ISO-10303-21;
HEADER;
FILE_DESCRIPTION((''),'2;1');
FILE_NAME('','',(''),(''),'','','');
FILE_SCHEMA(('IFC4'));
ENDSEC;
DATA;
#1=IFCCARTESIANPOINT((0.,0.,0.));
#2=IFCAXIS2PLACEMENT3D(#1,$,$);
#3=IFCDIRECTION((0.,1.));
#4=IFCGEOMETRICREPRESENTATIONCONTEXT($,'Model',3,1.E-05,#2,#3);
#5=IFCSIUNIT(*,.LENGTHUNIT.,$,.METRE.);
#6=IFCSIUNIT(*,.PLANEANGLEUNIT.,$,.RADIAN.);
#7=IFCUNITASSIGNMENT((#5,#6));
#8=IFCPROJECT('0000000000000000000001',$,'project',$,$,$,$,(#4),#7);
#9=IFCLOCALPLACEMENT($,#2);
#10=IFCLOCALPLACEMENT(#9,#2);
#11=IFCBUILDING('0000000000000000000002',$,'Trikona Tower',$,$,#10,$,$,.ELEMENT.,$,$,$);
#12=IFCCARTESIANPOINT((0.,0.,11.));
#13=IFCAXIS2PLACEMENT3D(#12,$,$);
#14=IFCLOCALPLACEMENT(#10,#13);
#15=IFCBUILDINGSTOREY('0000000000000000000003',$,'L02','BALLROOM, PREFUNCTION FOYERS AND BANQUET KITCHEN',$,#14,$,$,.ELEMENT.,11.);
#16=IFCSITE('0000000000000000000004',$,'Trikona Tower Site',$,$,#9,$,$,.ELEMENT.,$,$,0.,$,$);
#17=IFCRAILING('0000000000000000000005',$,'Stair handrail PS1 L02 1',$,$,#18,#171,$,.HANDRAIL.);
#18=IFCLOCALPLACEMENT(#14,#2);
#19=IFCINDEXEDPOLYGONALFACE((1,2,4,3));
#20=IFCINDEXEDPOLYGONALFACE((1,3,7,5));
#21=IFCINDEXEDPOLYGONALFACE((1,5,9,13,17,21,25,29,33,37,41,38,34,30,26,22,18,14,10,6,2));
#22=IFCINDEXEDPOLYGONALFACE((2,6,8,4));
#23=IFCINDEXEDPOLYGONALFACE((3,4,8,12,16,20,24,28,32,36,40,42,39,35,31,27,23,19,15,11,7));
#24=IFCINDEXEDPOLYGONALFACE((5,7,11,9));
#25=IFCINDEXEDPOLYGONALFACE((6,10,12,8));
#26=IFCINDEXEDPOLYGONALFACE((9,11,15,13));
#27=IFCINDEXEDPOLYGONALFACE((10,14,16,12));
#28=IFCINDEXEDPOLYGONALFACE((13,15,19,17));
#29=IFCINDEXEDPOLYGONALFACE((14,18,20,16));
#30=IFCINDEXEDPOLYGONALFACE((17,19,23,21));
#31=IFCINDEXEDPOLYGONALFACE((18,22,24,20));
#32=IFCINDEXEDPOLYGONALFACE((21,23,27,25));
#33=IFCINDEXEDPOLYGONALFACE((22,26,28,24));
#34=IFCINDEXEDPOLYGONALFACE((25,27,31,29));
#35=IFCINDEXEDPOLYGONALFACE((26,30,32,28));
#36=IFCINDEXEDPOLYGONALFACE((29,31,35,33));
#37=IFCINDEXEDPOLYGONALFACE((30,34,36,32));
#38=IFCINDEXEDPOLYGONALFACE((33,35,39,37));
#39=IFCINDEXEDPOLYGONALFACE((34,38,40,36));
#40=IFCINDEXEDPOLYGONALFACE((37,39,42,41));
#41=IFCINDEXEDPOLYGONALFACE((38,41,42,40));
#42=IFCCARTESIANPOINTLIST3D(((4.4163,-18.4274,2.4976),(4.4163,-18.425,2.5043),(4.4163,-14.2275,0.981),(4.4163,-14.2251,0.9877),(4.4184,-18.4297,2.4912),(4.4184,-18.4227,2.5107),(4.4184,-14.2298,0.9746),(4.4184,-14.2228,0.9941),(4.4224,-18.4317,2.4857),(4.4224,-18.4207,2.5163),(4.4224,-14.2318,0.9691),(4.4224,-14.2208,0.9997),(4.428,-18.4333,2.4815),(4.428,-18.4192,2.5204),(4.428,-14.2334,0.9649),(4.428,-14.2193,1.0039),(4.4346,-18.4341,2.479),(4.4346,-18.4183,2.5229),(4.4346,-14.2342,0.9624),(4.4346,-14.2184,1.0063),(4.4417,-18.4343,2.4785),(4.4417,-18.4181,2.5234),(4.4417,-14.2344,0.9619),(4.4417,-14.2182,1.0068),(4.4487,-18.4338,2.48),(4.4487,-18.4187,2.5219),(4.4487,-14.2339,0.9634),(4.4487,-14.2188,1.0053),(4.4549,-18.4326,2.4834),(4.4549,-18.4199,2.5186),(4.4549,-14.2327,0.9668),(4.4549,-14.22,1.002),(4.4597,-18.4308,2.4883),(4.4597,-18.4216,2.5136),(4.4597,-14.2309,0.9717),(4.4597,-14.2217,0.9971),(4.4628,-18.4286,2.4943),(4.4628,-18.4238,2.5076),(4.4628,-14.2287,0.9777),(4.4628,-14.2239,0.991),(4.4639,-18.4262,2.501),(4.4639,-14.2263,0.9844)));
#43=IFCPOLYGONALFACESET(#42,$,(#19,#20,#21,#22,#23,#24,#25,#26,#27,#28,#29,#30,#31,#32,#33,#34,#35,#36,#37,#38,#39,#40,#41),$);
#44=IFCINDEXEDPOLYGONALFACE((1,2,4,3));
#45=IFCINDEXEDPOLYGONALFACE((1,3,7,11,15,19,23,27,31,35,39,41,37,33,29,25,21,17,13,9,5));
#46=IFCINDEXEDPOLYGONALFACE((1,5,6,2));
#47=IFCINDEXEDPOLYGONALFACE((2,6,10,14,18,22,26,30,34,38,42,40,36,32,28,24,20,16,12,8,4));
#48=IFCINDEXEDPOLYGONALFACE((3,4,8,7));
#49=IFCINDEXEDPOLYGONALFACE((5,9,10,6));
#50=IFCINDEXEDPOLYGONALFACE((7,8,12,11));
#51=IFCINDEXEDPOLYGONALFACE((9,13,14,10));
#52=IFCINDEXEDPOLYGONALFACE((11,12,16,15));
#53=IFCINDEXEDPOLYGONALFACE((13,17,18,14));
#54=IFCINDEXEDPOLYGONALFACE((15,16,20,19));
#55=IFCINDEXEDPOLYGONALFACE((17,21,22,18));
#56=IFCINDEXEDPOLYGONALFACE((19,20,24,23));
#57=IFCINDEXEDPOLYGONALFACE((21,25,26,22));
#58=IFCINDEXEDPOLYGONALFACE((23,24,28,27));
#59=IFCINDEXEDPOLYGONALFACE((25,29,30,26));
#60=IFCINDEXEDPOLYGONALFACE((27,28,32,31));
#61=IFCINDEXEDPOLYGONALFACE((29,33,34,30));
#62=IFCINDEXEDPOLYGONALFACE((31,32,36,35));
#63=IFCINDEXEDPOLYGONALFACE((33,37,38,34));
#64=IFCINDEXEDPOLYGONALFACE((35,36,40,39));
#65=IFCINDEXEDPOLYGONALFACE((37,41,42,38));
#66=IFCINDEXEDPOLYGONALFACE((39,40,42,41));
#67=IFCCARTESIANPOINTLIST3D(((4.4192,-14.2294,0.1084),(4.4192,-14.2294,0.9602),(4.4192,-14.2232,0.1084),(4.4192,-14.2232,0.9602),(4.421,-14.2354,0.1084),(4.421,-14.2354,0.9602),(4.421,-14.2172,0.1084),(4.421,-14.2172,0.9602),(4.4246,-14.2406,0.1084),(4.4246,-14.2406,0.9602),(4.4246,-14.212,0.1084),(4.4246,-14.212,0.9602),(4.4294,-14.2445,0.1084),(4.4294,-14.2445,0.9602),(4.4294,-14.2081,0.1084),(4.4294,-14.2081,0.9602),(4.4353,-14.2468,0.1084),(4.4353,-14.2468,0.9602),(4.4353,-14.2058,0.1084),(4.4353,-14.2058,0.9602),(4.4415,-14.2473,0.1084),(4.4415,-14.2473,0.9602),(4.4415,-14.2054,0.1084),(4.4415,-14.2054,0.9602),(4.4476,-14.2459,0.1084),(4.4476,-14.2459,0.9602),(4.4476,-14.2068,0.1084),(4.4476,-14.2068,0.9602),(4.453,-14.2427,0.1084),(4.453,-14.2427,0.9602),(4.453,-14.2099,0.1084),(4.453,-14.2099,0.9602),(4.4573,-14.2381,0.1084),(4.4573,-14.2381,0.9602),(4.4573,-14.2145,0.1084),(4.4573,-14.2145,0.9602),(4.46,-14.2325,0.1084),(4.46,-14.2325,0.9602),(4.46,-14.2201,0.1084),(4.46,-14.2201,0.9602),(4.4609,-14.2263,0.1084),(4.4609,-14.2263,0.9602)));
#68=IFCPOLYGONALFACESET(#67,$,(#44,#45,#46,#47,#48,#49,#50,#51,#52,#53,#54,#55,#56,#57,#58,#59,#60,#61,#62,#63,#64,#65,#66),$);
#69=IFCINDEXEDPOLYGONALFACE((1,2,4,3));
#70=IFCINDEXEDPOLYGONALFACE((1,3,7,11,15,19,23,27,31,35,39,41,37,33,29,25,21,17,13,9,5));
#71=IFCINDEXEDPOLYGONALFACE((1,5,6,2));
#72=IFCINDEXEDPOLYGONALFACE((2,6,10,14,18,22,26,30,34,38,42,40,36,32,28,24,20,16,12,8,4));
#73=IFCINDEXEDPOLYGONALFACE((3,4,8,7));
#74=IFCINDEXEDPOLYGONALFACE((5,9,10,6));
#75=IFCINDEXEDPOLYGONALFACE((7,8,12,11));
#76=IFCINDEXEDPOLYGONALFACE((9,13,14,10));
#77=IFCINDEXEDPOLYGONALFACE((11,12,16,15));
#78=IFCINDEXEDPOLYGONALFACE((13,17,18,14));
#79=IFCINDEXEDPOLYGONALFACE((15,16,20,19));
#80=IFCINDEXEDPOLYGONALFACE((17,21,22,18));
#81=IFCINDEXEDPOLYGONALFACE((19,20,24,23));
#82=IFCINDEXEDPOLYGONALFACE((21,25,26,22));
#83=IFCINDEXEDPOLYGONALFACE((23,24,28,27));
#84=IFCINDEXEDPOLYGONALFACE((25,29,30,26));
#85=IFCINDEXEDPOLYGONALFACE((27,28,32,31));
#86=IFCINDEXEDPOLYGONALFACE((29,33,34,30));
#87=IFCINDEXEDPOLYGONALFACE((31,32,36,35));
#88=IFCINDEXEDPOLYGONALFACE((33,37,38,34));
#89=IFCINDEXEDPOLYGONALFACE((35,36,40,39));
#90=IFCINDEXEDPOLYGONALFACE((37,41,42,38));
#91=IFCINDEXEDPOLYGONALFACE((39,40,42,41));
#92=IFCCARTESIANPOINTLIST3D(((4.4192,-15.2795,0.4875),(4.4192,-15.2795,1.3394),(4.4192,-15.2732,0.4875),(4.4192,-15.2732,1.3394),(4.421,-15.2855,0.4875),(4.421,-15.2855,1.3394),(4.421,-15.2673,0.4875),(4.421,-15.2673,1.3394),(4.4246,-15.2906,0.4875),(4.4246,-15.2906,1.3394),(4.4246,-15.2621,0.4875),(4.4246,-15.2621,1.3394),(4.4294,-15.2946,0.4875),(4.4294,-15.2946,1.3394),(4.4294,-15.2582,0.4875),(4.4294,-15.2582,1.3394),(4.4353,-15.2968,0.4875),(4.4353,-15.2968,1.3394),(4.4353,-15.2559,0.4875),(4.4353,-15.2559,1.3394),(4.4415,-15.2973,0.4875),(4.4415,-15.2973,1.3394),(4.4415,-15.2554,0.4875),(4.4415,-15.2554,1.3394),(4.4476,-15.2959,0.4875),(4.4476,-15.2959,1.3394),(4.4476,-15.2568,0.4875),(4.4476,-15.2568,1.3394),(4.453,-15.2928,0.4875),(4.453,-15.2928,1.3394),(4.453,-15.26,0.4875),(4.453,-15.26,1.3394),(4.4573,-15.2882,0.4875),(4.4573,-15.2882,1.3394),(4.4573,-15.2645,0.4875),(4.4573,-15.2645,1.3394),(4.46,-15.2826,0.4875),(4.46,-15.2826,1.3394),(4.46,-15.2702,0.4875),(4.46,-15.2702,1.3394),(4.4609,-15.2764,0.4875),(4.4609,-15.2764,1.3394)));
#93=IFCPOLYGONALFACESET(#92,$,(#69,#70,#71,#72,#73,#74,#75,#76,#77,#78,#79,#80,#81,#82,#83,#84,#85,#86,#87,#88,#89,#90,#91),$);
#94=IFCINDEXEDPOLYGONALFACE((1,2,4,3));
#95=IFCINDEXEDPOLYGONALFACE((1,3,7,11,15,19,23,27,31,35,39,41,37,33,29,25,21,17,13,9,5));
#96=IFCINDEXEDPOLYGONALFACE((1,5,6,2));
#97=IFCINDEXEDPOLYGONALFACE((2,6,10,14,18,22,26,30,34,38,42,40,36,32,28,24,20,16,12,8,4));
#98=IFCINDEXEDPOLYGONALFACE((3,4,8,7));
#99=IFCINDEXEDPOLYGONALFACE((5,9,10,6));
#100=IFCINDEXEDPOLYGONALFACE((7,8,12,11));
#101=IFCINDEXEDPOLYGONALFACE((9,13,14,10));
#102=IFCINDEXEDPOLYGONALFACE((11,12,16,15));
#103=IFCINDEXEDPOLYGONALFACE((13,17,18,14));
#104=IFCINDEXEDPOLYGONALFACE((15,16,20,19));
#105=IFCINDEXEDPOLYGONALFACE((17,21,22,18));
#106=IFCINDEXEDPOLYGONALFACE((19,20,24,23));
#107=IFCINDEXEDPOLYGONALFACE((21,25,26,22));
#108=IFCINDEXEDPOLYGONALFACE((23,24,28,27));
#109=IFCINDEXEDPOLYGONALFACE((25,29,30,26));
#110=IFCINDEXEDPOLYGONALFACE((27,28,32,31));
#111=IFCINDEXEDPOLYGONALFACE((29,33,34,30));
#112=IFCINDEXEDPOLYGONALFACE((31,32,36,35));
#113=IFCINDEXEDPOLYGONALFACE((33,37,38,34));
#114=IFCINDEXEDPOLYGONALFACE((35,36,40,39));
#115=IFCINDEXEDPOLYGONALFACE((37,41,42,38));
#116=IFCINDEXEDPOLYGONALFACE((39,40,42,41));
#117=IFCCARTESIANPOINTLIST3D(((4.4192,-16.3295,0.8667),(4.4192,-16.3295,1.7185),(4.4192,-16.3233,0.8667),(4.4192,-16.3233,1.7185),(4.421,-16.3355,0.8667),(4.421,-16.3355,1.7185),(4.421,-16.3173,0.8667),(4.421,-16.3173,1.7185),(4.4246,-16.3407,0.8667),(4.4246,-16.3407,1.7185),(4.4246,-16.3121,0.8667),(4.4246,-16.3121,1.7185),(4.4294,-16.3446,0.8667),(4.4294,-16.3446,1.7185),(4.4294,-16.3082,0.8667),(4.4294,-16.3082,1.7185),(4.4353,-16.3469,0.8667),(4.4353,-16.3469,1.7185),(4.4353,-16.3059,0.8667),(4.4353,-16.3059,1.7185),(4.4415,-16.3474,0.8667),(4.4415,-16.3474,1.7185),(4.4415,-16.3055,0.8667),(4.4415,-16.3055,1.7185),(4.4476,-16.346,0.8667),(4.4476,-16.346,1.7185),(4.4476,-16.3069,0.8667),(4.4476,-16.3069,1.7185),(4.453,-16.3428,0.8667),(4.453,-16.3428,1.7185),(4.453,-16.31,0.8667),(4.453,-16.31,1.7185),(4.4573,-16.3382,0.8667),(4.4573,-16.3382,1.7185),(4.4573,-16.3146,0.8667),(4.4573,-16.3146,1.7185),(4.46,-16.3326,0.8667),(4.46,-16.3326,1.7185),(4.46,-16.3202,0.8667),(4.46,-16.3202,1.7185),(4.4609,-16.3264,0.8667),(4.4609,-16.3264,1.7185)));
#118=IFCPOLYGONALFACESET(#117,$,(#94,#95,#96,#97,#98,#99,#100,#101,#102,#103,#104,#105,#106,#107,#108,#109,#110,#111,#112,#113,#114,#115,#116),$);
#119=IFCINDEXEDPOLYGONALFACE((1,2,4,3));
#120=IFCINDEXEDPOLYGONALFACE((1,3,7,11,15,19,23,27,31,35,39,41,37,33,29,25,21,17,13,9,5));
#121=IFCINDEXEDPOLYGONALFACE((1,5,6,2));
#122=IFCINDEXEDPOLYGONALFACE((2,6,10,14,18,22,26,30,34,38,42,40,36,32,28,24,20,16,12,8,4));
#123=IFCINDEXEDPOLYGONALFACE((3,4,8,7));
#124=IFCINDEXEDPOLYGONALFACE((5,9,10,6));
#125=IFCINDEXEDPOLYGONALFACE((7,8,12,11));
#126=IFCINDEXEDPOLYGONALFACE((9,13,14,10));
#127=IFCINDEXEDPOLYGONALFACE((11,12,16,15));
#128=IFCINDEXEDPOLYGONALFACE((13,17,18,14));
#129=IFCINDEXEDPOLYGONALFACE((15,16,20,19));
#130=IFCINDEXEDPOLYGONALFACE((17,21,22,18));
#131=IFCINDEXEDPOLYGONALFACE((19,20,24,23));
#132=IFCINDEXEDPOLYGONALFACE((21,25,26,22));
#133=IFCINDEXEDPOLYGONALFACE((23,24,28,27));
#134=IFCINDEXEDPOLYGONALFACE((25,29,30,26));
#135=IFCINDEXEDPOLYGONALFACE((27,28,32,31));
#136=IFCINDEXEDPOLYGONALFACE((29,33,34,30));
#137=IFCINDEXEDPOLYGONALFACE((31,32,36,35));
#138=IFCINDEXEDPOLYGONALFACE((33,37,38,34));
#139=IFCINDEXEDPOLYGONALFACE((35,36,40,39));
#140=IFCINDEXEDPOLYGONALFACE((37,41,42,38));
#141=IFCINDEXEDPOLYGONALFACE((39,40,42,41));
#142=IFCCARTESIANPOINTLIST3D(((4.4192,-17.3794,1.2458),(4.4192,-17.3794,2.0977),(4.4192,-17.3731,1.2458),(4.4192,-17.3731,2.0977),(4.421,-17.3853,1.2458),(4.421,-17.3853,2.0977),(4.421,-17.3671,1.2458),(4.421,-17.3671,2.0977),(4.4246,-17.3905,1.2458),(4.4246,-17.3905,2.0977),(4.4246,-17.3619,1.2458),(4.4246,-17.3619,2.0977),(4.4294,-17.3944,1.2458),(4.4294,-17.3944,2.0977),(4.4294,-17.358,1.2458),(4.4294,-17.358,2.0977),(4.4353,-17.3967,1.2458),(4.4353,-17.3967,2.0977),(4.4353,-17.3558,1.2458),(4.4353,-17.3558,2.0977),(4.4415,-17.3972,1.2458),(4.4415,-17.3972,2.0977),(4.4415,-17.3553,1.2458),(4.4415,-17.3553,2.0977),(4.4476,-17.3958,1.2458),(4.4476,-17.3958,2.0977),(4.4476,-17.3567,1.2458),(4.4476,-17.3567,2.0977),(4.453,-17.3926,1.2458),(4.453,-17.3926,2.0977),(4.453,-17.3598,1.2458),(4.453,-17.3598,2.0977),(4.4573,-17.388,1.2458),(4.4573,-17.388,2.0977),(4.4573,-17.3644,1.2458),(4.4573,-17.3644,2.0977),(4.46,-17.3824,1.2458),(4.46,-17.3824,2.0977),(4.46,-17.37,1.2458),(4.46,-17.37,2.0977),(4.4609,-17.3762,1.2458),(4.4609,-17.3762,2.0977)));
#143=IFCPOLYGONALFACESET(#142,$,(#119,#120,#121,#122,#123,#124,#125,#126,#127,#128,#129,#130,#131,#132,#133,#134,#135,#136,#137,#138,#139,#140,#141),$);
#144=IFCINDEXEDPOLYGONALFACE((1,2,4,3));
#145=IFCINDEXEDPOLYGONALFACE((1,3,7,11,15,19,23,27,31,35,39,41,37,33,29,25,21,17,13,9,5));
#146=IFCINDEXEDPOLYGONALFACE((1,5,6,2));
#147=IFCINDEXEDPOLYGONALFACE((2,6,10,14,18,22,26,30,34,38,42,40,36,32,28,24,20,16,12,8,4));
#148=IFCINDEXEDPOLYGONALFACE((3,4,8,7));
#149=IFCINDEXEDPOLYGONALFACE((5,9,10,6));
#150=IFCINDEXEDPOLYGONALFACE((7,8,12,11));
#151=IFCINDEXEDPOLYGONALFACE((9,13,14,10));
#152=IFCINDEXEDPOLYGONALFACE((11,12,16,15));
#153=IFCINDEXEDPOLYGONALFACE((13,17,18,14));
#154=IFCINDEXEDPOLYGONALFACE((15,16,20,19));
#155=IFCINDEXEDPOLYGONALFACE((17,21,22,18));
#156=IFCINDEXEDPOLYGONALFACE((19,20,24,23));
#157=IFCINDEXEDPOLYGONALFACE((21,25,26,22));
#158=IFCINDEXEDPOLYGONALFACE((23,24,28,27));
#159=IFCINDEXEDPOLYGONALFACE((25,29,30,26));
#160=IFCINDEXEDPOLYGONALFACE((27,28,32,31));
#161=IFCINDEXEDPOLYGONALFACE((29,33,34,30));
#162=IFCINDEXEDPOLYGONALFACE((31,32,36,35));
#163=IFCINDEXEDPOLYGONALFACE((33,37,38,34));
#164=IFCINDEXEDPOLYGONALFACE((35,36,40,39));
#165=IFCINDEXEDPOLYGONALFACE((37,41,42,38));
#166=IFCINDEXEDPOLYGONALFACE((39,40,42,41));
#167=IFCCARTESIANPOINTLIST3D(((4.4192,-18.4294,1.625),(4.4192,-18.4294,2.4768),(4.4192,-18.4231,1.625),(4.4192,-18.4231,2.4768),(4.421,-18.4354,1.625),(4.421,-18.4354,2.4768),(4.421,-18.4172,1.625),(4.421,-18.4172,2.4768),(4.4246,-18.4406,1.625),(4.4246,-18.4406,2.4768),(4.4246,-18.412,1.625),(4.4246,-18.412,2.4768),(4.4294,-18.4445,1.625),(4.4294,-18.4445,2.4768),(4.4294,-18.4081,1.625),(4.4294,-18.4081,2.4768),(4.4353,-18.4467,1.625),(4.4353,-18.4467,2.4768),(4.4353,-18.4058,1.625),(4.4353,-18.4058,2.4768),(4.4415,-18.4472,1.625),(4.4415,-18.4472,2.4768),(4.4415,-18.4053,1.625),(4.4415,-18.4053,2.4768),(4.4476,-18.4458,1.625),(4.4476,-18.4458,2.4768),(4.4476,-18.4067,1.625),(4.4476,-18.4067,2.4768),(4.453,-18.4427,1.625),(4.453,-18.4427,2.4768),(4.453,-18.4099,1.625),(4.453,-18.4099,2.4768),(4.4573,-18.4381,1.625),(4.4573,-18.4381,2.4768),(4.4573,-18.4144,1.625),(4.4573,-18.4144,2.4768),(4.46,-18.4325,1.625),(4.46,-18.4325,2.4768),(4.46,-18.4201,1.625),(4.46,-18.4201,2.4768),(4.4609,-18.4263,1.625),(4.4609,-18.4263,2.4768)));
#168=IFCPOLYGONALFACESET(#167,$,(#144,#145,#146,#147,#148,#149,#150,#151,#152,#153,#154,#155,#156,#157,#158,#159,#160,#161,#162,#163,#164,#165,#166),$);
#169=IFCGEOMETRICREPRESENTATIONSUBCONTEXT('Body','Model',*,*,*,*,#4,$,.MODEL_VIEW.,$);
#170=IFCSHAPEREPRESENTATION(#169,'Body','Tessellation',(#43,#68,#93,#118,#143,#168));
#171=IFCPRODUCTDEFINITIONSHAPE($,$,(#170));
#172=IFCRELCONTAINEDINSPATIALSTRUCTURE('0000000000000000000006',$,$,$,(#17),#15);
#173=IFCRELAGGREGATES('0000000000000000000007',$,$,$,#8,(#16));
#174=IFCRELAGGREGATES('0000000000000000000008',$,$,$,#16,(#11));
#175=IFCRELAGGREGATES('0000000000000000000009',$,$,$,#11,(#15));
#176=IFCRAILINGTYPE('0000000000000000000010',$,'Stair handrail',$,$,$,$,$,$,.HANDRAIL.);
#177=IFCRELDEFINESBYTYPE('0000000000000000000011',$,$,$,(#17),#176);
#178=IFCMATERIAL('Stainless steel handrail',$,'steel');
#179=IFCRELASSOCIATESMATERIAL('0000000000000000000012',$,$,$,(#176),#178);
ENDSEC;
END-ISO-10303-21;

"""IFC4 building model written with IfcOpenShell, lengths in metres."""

from ifc_helpers import new_model, si_unit, direction, frame, origin, origin_2d, place, context, subcontext, project, spatial, circle, extrude, material, type_object, element, save


model = new_model("IFC4")

# Units and contexts
model_context = context("Model", 3, precision=1e-05, world=origin(), true_north=direction((0.0, 1.0)))
body_context = subcontext(model_context, "Body", "Model", "MODEL_VIEW")
ifc_project = project(units=[si_unit("LENGTHUNIT", "METRE"), si_unit("PLANEANGLEUNIT", "RADIAN")], contexts=[model_context])

# Site, building, storey
site_placement = place(None, origin())
site = spatial("IfcSite", under=ifc_project, at=site_placement, Name="Trikona Tower Site", CompositionType="ELEMENT", RefElevation=0.0)
building_placement = place(site_placement, origin())
building = spatial("IfcBuilding", under=site, at=building_placement, Name="Trikona Tower", CompositionType="ELEMENT")
storey_placement = place(building_placement, frame((0.0, 0.0, 11.0)))
storey = spatial("IfcBuildingStorey", under=building, at=storey_placement, Name="L02", Description="BALLROOM, PREFUNCTION FOYERS AND BANQUET KITCHEN", CompositionType="ELEMENT", Elevation=11.0)

# Railing
ifc_material_1 = material(Name="Stainless steel handrail", Category="steel")
railing_type_1 = type_object("IfcRailingType", Name="Stair handrail", PredefinedType="HANDRAIL", material=ifc_material_1)
railing_1_placement = place(storey_placement, frame((4.4399, -14.2263, 0.1084)))
element("IfcRailing", 1, at=railing_1_placement, inside=storey, type_object=railing_type_1, Name="Stair handrail PS1 L02 1", PredefinedType="HANDRAIL", context=body_context, shape_type="SweptSolid", body=[
    extrude(circle(Radius=0.0239, at=origin_2d()), frame((0.0, 0.0, 0.876), z_axis=(0.0, -0.940557, 0.339635), x_axis=(1.0, 0.0, 0.0)), (0.0, 0.0, 1.0), 4.4653),
    extrude(circle(Radius=0.021, at=origin_2d()), origin(), (0.0, 0.0, 1.0), 0.8518),
    extrude(circle(Radius=0.021, at=origin_2d()), frame((0.0, -1.05, 0.3792)), (0.0, 0.0, 1.0), 0.8518),
    extrude(circle(Radius=0.021, at=origin_2d()), frame((0.0, -2.1001, 0.7583)), (0.0, 0.0, 1.0), 0.8518),
    extrude(circle(Radius=0.021, at=origin_2d()), frame((0.0, -3.1499, 1.1375)), (0.0, 0.0, 1.0), 0.8518),
    extrude(circle(Radius=0.021, at=origin_2d()), frame((0.0, -4.2, 1.5166)), (0.0, 0.0, 1.0), 0.8518),
])

save(model, "model.ifc")
